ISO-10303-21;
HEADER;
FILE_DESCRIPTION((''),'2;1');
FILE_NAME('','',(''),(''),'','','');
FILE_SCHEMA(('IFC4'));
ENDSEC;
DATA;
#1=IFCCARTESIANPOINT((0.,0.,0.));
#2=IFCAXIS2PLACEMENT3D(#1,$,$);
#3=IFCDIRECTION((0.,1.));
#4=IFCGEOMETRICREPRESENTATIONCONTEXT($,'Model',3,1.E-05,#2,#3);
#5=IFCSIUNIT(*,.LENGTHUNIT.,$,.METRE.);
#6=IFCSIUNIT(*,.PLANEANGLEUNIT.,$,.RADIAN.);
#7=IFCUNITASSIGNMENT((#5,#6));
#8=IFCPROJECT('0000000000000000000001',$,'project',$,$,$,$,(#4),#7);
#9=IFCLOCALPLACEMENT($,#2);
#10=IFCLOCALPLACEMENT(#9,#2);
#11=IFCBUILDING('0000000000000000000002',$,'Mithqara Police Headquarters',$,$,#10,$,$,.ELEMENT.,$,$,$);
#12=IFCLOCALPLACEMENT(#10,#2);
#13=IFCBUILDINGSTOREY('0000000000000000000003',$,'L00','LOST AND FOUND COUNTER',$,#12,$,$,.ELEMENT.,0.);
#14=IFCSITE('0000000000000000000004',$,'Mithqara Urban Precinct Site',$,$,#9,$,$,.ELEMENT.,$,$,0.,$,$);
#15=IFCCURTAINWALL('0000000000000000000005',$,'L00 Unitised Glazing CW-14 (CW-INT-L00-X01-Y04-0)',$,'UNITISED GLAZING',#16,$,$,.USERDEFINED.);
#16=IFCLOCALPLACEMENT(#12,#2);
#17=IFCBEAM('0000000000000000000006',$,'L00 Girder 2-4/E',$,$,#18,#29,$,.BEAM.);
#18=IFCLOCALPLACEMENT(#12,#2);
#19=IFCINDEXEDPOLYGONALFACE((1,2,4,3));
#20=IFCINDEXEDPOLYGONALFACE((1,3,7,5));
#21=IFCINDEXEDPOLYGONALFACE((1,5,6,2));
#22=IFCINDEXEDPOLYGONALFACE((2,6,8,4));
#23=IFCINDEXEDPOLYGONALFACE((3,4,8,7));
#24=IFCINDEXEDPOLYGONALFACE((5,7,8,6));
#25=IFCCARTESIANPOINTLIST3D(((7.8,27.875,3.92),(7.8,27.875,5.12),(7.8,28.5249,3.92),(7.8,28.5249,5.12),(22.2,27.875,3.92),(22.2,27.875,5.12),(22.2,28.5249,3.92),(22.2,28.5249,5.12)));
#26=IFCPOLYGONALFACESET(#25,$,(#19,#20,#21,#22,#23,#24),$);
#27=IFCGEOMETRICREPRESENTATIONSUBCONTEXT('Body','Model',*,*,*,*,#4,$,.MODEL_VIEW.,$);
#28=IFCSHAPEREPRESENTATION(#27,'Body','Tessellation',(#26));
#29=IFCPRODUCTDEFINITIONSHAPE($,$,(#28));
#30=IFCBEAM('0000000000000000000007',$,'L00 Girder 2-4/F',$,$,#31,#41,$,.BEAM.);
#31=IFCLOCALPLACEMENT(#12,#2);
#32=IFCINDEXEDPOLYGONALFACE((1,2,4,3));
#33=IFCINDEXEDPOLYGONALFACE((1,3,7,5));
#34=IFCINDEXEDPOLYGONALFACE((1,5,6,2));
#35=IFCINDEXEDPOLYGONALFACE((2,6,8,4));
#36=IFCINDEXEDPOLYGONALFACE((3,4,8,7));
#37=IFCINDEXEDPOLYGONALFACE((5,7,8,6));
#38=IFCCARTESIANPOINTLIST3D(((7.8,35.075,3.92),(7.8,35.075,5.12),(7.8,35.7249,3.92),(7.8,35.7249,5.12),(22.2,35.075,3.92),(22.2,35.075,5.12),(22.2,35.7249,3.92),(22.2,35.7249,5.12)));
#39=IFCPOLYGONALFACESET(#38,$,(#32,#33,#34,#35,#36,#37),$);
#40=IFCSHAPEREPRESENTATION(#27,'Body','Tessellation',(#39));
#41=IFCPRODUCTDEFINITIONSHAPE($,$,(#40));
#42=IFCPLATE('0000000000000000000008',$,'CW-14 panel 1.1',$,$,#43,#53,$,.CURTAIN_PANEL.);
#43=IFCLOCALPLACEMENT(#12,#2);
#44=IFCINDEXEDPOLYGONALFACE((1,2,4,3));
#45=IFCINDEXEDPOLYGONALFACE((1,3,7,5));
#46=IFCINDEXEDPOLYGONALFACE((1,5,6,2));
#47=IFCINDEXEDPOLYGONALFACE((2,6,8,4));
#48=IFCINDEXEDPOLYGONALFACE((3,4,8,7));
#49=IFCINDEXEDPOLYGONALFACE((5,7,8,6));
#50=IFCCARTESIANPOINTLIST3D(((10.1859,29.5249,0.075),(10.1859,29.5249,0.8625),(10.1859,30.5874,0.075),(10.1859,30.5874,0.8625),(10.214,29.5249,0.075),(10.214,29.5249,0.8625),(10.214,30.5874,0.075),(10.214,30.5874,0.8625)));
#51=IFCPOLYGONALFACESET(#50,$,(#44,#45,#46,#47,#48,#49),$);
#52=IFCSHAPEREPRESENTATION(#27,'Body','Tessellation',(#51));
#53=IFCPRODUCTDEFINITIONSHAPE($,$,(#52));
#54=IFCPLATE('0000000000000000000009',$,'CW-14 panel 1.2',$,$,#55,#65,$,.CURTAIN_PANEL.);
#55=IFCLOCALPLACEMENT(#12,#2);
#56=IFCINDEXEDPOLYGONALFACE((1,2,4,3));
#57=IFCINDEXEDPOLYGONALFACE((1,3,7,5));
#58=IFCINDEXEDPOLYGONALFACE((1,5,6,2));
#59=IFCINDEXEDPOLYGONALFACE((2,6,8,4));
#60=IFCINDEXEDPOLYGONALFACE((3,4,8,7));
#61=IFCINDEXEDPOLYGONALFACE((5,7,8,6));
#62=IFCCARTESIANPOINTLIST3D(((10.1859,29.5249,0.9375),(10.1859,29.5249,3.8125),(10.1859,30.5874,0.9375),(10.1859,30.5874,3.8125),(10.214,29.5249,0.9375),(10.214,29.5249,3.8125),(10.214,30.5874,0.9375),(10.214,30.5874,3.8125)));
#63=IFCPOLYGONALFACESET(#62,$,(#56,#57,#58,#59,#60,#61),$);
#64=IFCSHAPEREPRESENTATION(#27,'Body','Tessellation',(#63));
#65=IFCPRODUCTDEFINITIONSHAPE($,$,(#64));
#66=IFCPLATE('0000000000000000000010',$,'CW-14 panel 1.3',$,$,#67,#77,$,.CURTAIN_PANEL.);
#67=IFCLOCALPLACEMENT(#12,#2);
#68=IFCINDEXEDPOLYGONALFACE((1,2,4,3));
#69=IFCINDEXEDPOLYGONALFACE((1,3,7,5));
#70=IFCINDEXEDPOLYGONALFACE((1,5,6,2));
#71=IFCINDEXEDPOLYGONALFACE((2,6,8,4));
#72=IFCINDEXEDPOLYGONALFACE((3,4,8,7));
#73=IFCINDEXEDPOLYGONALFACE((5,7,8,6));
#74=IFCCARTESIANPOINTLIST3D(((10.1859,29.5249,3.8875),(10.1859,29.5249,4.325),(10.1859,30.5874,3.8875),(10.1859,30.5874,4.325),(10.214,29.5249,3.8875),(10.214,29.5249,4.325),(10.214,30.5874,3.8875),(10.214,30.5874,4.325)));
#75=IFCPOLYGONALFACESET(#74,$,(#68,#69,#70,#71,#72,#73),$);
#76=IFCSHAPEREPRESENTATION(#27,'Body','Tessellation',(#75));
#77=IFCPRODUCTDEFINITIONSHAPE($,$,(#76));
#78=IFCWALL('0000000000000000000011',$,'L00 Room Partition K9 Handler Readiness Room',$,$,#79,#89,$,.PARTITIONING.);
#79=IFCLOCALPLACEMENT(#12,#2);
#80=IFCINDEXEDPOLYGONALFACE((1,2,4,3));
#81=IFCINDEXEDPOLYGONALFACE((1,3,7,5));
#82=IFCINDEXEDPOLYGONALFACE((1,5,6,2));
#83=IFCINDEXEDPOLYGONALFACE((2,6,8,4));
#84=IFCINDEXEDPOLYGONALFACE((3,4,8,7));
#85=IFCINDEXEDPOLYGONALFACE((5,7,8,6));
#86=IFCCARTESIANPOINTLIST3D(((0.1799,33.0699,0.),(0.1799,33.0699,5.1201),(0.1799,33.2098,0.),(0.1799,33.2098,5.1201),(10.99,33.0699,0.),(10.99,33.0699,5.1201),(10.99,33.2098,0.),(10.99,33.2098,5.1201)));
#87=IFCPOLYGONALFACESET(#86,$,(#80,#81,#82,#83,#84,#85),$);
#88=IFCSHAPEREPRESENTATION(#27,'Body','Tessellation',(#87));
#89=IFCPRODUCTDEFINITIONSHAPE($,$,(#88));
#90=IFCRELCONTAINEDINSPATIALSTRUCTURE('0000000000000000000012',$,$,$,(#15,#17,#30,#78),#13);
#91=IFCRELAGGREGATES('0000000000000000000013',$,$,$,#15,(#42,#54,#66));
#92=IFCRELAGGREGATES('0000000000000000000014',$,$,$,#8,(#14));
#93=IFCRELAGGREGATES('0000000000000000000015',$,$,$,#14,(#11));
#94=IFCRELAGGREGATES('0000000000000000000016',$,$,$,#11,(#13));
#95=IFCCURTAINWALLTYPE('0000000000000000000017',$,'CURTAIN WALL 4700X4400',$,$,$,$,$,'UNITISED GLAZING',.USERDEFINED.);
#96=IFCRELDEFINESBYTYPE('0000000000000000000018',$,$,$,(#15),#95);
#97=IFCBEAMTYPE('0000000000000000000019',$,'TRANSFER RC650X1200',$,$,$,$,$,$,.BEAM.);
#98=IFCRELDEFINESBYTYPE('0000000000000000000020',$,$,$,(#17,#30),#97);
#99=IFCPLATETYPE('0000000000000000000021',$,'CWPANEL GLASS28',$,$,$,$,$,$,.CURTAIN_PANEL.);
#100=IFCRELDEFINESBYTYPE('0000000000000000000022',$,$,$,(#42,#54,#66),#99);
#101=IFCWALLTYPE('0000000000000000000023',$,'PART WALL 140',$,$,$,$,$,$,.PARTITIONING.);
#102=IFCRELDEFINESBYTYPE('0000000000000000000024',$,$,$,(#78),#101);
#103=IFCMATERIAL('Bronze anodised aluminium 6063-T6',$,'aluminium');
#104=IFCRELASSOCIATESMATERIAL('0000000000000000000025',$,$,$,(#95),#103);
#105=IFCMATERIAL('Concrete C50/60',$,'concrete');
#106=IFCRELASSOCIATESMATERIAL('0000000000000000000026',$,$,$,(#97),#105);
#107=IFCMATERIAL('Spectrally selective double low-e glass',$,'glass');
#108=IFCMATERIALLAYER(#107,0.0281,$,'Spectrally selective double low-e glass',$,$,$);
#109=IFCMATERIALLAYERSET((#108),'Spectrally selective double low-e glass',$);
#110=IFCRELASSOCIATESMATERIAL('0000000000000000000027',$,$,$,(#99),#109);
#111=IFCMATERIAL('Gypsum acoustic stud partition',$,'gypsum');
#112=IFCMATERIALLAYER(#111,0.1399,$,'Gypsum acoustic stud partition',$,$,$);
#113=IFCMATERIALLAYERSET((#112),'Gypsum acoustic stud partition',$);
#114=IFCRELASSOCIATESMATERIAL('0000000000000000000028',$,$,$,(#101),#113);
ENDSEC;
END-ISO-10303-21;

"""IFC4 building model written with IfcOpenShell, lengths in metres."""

from ifc_helpers import new_model, si_unit, direction, frame, frame_2d, origin, origin_2d, place, context, subcontext, project, spatial, rectangle, extrude, material, layer, layer_set, material_profile, profile_set, type_object, element, aggregate, save


model = new_model("IFC4")

# Units and contexts
model_context = context("Model", 3, precision=1e-05, world=origin(), true_north=direction((0.0, 1.0)))
body_context = subcontext(model_context, "Body", "Model", "MODEL_VIEW")
ifc_project = project(units=[si_unit("LENGTHUNIT", "METRE"), si_unit("PLANEANGLEUNIT", "RADIAN")], contexts=[model_context])

# Site, building, storey
site_placement = place(None, origin())
site = spatial("IfcSite", under=ifc_project, at=site_placement, Name="Mithqara Urban Precinct Site", CompositionType="ELEMENT", RefElevation=0.0)
building_placement = place(site_placement, origin())
building = spatial("IfcBuilding", under=site, at=building_placement, Name="Mithqara Police Headquarters", CompositionType="ELEMENT")
storey_placement = place(building_placement, origin())
storey = spatial("IfcBuildingStorey", under=building, at=storey_placement, Name="L00", Description="LOST AND FOUND COUNTER", CompositionType="ELEMENT", Elevation=0.0)

# Shared definitions
ifc_material_1 = material(Name="Concrete C50/60", Category="concrete")

# Curtain wall
ifc_material_2 = material(Name="Bronze anodised aluminium 6063-T6", Category="aluminium")
curtain_wall_type = type_object("IfcCurtainWallType", Name="CURTAIN WALL 4700X4400", ElementType="UNITISED GLAZING", PredefinedType="USERDEFINED", material=ifc_material_2)
curtain_wall_placement = place(storey_placement, origin())
curtain_wall = element("IfcCurtainWall", 1, at=curtain_wall_placement, inside=storey, type_object=curtain_wall_type, Name="L00 Unitised Glazing CW-14 (CW-INT-L00-X01-Y04-0)", ObjectType="UNITISED GLAZING", PredefinedType="USERDEFINED")

# Beams
ifc_material_profile_1 = material_profile(ifc_material_1, rectangle(XDim=0.6499, YDim=1.2, at=origin_2d()), Name="RC 650x1200")
ifc_profile_set_1 = profile_set([ifc_material_profile_1], Name="Concrete C50/60")
beam_type_1 = type_object("IfcBeamType", Name="TRANSFER RC650X1200", PredefinedType="BEAM", material=ifc_profile_set_1)
for number, where, z_axis, x_axis, name in (
    (2, (7.8, 28.2, 4.52), (1.0, 0.0, 0.0), (0.0, 1.0, 0.0), "L00 Girder 2-4/E"),
    (3, (7.8, 35.3999, 4.52), (1.0, 0.0, 0.0), (0.0, 1.0, 0.0), "L00 Girder 2-4/F"),
):
    element("IfcBeam", number, at=place(storey_placement, frame(where, z_axis=z_axis, x_axis=x_axis)), inside=storey, type_object=beam_type_1, Name=name, PredefinedType="BEAM", context=body_context, shape_type="SweptSolid", body=[
        extrude(rectangle(XDim=0.6499, YDim=1.2, at=origin_2d()), origin(), (0.0, 0.0, 1.0), 14.3999),
    ])

# Plates
ifc_material_3 = material(Name="Spectrally selective double low-e glass", Category="glass")
ifc_layer_1 = layer(ifc_material_3, 0.0281, Name="Spectrally selective double low-e glass")
ifc_layer_set_1 = layer_set([ifc_layer_1], Name="Spectrally selective double low-e glass")
plate_type = type_object("IfcPlateType", Name="CWPANEL GLASS28", PredefinedType="CURTAIN_PANEL", material=ifc_layer_set_1)
plate_1_placement = place(storey_placement, frame((10.2, 30.0562, 0.075), z_axis=(0.0, 0.0, 1.0), x_axis=(0.0, 1.0, 0.0)))
plate_1 = element("IfcPlate", 4, at=plate_1_placement, type_object=plate_type, Name="CW-14 panel 1.1", PredefinedType="CURTAIN_PANEL", context=body_context, shape_type="SweptSolid", body=[
    extrude(rectangle(XDim=1.0625, YDim=0.0281, at=origin_2d()), origin(), (0.0, 0.0, 1.0), 0.7876),
])
plate_2_placement = place(storey_placement, frame((10.2, 30.0562, 0.9375), z_axis=(0.0, 0.0, 1.0), x_axis=(0.0, 1.0, 0.0)))
plate_2 = element("IfcPlate", 5, at=plate_2_placement, type_object=plate_type, Name="CW-14 panel 1.2", PredefinedType="CURTAIN_PANEL", context=body_context, shape_type="SweptSolid", body=[
    extrude(rectangle(XDim=1.0625, YDim=0.0281, at=origin_2d()), origin(), (0.0, 0.0, 1.0), 2.875),
])
plate_3_placement = place(storey_placement, frame((10.2, 30.0562, 3.8875), z_axis=(0.0, 0.0, 1.0), x_axis=(0.0, 1.0, 0.0)))
plate_3 = element("IfcPlate", 6, at=plate_3_placement, type_object=plate_type, Name="CW-14 panel 1.3", PredefinedType="CURTAIN_PANEL", context=body_context, shape_type="SweptSolid", body=[
    extrude(rectangle(XDim=1.0625, YDim=0.0281, at=origin_2d()), origin(), (0.0, 0.0, 1.0), 0.4375),
])
aggregate(curtain_wall, [plate_1, plate_2, plate_3])

# Wall
ifc_material_4 = material(Name="Gypsum acoustic stud partition", Category="gypsum")
ifc_layer_2 = layer(ifc_material_4, 0.1399, Name="Gypsum acoustic stud partition")
ifc_layer_set_2 = layer_set([ifc_layer_2], Name="Gypsum acoustic stud partition")
wall_type = type_object("IfcWallType", Name="PART WALL 140", PredefinedType="PARTITIONING", material=ifc_layer_set_2)
wall_placement = place(storey_placement, frame((0.1799, 33.1399, 0.0), z_axis=(0.0, 0.0, 1.0), x_axis=(1.0, 0.0, 0.0)))
element("IfcWall", 7, at=wall_placement, inside=storey, type_object=wall_type, Name="L00 Room Partition K9 Handler Readiness Room", PredefinedType="PARTITIONING", context=body_context, shape_type="SweptSolid", body=[
    extrude(rectangle(XDim=10.8101, YDim=0.1399, at=frame_2d((5.405, 0.0))), origin(), (0.0, 0.0, 1.0), 5.1201),
])

save(model, "model.ifc")
